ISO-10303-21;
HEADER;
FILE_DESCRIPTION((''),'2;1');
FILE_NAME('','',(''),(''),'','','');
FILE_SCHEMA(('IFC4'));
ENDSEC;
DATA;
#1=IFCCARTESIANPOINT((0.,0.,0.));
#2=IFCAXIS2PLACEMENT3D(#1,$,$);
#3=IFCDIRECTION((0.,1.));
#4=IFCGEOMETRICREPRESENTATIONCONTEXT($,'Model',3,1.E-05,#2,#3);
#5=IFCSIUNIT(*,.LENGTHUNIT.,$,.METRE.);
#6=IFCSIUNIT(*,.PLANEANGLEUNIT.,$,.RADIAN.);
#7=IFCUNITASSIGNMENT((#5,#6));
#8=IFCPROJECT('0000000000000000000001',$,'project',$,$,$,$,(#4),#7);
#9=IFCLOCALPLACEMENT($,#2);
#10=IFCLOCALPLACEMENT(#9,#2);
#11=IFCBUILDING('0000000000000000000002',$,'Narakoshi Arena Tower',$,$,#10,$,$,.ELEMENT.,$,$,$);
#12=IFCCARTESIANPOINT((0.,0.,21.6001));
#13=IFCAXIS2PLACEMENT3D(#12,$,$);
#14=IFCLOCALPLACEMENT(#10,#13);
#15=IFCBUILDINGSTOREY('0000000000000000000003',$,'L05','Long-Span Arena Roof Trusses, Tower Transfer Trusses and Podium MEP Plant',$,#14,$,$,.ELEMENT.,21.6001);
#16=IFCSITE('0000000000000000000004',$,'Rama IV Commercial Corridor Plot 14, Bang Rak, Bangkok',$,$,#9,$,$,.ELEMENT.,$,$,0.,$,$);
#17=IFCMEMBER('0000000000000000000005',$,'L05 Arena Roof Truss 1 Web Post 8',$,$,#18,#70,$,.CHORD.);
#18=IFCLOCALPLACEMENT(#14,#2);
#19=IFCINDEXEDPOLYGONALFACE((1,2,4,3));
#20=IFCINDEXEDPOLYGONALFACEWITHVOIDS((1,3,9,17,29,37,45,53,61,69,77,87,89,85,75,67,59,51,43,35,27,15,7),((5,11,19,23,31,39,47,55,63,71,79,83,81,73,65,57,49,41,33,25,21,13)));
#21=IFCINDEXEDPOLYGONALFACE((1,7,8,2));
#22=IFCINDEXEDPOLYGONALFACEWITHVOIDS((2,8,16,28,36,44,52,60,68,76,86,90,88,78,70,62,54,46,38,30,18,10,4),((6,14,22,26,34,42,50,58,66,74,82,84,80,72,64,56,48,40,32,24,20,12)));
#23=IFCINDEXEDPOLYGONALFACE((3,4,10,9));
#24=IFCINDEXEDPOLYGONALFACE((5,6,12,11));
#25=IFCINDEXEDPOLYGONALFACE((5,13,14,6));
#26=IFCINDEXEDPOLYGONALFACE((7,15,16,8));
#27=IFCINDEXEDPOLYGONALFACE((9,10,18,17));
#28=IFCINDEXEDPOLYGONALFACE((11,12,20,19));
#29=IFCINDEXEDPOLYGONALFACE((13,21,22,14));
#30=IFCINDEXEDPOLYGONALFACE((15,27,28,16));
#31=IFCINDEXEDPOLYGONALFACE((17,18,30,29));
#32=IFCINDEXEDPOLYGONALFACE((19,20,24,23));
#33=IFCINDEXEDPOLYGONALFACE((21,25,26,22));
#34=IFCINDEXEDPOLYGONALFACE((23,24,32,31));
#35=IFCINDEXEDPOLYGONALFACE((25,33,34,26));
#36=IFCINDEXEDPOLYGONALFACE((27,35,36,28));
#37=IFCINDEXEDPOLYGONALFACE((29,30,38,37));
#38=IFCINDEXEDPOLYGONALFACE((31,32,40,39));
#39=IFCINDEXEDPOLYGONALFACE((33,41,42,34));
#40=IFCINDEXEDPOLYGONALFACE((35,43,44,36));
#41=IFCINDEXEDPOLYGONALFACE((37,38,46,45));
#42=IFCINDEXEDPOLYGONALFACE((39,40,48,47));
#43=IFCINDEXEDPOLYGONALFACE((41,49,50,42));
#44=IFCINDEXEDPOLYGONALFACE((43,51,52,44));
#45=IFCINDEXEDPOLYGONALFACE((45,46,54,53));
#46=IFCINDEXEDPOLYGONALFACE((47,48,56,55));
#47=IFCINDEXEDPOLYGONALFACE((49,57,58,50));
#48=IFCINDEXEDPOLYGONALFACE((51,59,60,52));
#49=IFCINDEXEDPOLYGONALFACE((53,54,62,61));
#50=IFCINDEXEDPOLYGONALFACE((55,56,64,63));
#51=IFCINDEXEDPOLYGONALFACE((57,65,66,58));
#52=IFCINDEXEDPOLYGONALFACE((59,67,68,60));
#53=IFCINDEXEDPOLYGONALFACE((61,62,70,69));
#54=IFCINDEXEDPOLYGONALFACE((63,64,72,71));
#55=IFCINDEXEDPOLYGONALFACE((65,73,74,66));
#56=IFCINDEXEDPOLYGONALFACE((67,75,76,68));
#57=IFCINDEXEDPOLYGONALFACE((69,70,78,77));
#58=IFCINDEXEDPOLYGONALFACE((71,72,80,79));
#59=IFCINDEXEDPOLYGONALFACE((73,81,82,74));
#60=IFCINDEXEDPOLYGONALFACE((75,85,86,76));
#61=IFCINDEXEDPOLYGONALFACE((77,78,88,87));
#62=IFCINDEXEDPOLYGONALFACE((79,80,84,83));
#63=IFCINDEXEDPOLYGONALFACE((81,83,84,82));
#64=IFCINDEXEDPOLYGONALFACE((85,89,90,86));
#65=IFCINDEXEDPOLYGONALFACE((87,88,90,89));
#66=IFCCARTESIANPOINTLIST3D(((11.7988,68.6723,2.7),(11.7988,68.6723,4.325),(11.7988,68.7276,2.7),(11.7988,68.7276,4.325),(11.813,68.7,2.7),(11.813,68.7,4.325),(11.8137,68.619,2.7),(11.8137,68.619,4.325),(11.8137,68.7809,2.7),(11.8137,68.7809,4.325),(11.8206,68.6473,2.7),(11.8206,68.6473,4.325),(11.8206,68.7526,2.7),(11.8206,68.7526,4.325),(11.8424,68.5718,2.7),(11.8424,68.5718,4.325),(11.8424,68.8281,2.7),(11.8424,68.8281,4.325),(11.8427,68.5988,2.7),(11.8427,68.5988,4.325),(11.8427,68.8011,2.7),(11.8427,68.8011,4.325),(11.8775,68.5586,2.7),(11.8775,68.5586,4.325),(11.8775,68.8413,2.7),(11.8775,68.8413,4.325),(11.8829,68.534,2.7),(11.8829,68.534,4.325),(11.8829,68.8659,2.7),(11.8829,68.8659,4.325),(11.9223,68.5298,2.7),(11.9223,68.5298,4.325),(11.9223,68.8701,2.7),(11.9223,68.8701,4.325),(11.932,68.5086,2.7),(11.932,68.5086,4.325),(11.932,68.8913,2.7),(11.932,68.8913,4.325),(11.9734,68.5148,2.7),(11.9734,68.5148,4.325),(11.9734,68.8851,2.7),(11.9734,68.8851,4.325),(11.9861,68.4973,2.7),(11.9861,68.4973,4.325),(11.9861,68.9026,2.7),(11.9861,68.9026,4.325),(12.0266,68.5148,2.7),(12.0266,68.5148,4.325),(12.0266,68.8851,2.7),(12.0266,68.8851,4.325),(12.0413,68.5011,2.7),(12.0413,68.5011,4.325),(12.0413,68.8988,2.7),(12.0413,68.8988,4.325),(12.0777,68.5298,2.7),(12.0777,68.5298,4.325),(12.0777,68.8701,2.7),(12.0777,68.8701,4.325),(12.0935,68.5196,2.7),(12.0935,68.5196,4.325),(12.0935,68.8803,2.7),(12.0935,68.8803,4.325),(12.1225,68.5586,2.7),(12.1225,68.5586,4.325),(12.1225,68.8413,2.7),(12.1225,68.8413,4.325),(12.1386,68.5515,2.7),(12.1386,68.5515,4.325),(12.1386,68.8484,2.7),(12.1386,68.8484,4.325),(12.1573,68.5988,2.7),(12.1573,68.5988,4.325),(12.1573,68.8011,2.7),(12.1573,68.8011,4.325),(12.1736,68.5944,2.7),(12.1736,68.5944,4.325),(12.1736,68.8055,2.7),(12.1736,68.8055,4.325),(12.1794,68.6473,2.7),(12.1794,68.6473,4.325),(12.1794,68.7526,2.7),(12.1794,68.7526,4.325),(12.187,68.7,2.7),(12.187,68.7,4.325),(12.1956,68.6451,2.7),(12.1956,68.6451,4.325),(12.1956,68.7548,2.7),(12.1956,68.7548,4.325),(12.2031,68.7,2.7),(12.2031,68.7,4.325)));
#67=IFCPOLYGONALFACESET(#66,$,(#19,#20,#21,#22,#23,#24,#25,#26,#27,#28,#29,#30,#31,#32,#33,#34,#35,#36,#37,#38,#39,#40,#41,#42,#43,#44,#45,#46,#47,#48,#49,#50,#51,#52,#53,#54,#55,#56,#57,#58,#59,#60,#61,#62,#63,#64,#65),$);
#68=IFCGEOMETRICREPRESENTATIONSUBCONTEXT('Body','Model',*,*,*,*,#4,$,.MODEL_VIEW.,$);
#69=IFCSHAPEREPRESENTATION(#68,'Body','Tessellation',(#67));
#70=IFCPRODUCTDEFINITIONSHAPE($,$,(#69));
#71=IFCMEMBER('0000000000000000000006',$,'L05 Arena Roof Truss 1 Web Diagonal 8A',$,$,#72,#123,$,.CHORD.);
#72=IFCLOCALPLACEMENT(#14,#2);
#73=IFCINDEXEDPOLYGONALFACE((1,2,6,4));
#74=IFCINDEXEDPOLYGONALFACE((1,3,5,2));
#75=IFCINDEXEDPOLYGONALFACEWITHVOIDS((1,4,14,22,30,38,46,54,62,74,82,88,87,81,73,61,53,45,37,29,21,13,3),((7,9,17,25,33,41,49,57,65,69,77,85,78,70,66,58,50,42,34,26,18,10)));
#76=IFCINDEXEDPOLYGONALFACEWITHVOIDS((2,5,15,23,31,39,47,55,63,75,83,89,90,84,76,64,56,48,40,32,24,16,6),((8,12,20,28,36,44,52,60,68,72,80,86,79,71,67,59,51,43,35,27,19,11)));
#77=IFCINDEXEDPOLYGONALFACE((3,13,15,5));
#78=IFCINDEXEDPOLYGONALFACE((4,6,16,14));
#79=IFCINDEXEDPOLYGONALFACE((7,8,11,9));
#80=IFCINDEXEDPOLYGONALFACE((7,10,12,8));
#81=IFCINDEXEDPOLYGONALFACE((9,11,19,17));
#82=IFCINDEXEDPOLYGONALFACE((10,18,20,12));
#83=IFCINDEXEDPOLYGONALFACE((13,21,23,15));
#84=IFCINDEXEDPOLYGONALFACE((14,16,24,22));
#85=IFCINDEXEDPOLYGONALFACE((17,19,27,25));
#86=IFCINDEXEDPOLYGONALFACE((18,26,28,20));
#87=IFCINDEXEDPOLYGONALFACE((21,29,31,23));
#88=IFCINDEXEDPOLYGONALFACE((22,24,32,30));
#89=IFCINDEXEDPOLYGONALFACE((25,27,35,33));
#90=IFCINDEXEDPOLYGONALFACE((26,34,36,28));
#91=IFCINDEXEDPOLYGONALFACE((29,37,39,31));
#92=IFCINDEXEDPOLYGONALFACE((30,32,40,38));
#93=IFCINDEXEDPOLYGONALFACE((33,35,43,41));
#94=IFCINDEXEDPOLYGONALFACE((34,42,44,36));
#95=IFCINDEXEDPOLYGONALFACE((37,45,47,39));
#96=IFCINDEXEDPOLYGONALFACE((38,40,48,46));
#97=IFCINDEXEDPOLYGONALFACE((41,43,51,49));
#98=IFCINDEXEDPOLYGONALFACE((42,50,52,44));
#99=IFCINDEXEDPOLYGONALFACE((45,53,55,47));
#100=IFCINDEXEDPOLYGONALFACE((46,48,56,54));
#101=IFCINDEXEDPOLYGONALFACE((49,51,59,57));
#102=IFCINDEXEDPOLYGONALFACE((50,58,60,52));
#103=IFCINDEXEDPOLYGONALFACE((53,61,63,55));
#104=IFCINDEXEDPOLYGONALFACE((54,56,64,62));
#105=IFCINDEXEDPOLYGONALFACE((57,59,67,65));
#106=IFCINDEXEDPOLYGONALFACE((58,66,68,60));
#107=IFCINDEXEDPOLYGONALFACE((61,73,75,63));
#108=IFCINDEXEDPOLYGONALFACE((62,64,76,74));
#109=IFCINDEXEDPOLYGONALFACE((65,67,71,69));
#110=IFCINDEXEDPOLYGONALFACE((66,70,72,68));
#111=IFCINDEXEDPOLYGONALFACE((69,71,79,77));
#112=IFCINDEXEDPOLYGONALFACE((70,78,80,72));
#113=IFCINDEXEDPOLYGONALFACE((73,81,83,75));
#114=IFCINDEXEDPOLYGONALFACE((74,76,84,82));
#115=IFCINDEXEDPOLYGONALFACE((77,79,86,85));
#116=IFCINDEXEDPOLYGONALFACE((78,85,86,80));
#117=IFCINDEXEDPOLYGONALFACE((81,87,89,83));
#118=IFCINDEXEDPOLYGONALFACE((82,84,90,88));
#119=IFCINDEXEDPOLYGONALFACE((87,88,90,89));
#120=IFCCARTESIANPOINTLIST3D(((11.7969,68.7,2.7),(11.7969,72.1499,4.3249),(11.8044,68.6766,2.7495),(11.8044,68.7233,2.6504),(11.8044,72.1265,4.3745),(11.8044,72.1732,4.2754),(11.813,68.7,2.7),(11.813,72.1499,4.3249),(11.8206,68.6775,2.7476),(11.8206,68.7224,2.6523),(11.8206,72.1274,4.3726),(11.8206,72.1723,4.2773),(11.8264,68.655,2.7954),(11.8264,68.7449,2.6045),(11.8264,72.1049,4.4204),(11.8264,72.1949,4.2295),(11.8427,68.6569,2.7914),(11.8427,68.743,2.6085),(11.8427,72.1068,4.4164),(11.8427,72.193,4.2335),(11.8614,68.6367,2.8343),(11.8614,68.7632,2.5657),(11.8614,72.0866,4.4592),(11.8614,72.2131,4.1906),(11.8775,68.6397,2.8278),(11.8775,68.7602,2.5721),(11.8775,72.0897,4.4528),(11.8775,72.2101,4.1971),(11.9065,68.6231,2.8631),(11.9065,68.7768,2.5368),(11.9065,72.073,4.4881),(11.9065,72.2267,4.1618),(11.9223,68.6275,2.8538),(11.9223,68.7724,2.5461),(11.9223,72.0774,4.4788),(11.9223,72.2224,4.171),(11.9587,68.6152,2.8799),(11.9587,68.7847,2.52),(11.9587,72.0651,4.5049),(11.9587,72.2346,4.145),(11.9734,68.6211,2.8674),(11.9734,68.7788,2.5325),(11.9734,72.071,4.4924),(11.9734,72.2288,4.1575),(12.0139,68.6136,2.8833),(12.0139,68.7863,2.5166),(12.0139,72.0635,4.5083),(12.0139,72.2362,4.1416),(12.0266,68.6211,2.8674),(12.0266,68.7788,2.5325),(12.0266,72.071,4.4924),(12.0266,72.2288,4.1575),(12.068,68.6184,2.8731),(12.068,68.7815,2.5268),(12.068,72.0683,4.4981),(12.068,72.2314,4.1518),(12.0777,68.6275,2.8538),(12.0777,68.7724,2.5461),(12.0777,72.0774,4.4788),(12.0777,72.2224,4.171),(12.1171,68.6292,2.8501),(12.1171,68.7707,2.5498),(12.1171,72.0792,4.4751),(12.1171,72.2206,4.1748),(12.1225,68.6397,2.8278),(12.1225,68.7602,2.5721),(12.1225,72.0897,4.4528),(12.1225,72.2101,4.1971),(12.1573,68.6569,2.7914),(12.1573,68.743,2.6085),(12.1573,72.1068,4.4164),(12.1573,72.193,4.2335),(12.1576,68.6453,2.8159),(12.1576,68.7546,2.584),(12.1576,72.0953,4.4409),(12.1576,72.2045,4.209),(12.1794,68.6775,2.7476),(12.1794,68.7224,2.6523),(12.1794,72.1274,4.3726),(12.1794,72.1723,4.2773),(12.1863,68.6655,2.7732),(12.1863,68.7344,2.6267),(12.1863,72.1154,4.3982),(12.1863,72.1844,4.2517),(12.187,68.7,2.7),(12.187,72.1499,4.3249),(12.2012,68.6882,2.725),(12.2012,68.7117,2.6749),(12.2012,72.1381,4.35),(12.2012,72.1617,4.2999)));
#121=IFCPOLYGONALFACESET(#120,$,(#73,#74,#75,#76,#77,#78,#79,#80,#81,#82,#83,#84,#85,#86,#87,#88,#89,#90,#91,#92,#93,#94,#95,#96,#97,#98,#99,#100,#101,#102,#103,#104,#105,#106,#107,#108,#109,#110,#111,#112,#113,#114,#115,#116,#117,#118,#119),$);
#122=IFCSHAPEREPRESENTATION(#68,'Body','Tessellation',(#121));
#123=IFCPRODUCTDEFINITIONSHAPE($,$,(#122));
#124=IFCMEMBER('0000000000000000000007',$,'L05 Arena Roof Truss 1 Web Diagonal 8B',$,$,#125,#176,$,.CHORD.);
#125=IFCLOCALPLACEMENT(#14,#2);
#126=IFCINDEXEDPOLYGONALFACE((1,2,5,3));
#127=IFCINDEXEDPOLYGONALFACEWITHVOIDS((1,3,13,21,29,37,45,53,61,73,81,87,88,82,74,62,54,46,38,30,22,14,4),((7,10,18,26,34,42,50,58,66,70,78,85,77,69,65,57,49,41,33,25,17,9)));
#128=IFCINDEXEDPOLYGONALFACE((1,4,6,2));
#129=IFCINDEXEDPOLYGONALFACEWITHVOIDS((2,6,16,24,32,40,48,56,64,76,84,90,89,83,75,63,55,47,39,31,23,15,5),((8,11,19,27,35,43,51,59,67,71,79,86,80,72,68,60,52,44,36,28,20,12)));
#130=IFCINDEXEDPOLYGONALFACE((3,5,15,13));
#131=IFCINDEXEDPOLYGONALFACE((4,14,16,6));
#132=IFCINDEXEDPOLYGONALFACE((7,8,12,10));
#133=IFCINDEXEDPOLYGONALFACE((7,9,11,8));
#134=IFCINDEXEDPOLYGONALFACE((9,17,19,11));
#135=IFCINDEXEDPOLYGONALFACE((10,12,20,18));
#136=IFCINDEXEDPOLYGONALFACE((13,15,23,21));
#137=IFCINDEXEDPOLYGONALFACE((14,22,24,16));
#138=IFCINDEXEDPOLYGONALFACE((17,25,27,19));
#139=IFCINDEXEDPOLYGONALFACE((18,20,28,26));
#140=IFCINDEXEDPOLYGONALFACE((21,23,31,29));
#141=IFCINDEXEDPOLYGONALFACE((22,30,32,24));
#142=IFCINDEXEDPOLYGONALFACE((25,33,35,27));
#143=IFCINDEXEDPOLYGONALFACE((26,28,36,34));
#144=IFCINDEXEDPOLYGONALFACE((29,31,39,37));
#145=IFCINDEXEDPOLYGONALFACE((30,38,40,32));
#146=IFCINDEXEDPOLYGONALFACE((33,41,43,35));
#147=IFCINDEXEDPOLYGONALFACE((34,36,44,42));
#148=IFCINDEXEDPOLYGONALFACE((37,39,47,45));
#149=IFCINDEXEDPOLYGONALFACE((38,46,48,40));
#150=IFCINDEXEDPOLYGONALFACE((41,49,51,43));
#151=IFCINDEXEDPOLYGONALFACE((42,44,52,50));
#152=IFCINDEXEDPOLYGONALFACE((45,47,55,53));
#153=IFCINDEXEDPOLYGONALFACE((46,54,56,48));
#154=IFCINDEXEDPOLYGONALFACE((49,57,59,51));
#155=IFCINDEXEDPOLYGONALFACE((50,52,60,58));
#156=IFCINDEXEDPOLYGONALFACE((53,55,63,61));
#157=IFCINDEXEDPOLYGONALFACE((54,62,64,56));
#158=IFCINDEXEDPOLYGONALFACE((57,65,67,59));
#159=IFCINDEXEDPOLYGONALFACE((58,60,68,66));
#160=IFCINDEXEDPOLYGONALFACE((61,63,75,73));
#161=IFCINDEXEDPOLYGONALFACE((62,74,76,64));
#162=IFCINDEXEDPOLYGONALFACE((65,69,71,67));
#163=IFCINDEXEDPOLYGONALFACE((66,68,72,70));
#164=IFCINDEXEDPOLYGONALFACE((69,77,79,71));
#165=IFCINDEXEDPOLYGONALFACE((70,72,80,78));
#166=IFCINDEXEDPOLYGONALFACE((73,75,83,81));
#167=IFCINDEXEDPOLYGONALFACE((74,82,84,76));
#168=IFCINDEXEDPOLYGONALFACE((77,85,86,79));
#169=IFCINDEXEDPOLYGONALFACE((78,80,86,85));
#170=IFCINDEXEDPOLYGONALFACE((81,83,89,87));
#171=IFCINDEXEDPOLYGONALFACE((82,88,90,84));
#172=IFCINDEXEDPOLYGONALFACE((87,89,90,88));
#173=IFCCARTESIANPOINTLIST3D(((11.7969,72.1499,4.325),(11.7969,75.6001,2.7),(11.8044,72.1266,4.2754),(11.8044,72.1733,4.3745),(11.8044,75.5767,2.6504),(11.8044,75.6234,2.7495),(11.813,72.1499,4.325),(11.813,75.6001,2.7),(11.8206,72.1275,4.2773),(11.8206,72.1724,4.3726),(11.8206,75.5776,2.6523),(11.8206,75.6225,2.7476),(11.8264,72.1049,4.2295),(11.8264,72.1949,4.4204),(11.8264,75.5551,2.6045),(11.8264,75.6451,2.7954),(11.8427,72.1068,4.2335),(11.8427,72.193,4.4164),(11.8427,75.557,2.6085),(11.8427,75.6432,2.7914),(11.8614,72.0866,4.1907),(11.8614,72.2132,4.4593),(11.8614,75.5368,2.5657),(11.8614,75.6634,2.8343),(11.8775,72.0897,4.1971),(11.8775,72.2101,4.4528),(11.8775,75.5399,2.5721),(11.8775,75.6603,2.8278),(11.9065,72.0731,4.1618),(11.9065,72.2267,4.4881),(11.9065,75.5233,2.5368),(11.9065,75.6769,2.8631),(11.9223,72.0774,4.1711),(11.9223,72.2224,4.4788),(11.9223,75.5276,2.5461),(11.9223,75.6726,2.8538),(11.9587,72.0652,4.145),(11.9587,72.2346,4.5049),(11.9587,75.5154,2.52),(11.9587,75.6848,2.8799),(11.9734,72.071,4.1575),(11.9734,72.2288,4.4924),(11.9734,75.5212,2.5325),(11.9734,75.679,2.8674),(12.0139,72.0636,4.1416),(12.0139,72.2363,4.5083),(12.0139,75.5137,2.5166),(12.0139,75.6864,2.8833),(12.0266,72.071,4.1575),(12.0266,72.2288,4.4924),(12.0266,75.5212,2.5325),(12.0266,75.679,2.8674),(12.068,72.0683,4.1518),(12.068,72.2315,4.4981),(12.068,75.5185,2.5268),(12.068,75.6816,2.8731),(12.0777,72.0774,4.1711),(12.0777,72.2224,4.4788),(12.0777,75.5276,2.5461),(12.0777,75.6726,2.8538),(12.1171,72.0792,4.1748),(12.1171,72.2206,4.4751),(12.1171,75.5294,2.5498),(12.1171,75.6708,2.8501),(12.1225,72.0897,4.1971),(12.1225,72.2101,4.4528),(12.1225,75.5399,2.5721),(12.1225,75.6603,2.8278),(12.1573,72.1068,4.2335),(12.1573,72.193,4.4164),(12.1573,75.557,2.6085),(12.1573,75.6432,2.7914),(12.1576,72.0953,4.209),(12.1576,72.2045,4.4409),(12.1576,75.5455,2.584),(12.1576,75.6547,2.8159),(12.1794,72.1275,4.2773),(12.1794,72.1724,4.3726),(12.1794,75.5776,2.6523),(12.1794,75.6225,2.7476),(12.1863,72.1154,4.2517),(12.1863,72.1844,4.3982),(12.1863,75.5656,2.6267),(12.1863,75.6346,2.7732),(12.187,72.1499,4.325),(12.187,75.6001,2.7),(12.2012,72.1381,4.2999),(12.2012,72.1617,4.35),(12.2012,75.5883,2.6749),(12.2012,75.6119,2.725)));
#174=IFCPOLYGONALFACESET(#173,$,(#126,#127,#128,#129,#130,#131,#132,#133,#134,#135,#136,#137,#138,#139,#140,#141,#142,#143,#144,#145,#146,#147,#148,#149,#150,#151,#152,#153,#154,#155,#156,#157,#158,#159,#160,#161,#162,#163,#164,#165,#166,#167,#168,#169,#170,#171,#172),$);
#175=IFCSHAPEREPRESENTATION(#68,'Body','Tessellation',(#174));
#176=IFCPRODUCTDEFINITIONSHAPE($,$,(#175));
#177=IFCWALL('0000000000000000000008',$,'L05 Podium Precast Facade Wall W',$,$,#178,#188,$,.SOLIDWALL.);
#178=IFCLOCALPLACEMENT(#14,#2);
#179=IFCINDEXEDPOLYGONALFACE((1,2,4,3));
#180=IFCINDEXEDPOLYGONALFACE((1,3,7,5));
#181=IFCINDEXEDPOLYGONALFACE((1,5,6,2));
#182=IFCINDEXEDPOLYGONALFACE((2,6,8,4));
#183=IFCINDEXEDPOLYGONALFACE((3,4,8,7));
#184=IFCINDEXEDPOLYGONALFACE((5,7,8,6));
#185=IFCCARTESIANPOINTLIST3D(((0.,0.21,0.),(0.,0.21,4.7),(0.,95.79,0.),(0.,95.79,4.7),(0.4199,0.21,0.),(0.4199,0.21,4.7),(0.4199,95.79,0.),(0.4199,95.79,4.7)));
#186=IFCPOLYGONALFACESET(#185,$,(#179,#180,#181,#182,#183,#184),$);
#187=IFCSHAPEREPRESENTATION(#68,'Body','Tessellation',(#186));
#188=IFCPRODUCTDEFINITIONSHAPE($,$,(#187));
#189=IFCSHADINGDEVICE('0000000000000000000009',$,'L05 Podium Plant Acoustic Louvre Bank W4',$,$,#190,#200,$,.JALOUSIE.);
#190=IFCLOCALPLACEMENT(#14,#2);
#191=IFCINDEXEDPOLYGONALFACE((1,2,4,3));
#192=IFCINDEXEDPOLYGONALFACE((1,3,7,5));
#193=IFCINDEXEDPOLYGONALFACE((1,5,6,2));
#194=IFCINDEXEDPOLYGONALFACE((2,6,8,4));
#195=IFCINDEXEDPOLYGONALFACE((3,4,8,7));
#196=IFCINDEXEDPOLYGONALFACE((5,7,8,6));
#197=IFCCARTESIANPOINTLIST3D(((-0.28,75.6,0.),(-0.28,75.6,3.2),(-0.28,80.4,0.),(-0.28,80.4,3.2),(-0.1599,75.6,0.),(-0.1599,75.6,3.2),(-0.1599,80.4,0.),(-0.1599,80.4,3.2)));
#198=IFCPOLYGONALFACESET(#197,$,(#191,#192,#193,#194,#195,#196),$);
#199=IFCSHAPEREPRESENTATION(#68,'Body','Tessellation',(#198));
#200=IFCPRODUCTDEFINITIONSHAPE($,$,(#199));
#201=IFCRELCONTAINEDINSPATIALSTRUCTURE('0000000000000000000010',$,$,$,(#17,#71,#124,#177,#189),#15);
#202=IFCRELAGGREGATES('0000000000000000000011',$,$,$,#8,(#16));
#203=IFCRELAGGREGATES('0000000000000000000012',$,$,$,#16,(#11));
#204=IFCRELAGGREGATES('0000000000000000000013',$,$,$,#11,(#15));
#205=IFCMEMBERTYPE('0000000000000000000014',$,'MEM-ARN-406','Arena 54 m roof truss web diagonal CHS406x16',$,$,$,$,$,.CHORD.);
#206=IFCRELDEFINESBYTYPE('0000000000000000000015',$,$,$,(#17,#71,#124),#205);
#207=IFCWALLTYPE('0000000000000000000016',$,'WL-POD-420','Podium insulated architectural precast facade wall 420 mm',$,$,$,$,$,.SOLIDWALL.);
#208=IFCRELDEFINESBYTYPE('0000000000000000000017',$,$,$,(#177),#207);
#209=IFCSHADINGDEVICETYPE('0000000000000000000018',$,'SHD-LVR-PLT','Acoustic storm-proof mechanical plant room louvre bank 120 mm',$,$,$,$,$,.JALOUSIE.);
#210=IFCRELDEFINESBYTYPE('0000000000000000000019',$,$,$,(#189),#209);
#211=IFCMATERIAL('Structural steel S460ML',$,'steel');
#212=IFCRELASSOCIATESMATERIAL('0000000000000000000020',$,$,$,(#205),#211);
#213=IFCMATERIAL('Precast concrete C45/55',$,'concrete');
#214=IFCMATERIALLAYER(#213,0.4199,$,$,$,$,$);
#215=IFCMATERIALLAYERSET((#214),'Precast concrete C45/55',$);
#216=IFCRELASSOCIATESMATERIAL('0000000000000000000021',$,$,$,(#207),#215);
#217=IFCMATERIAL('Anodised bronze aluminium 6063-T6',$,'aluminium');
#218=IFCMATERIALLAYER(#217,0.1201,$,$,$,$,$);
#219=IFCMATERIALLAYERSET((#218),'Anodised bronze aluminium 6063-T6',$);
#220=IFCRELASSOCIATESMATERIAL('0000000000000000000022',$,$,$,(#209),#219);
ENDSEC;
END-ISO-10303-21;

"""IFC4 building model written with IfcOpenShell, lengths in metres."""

from ifc_helpers import new_model, si_unit, direction, frame, frame_2d, origin, origin_2d, place, context, subcontext, project, spatial, rectangle, hollow_circle, extrude, material, layer, layer_set, material_profile, profile_set, type_object, element, save


model = new_model("IFC4")

# Units and contexts
model_context = context("Model", 3, precision=1e-05, world=origin(), true_north=direction((0.0, 1.0)))
body_context = subcontext(model_context, "Body", "Model", "MODEL_VIEW")
ifc_project = project(units=[si_unit("LENGTHUNIT", "METRE"), si_unit("PLANEANGLEUNIT", "RADIAN")], contexts=[model_context])

# Site, building, storey
site_placement = place(None, origin())
site = spatial("IfcSite", under=ifc_project, at=site_placement, Name="Rama IV Commercial Corridor Plot 14, Bang Rak, Bangkok", CompositionType="ELEMENT", RefElevation=0.0)
building_placement = place(site_placement, origin())
building = spatial("IfcBuilding", under=site, at=building_placement, Name="Narakoshi Arena Tower", CompositionType="ELEMENT")
storey_placement = place(building_placement, frame((0.0, 0.0, 21.6001)))
storey = spatial("IfcBuildingStorey", under=building, at=storey_placement, Name="L05", Description="Long-Span Arena Roof Trusses, Tower Transfer Trusses and Podium MEP Plant", CompositionType="ELEMENT", Elevation=21.6001)

# Shared definitions
ifc_material_1 = material(Name="Structural steel S460ML", Category="steel")

# Members
ifc_material_profile_1 = material_profile(ifc_material_1, hollow_circle(Radius=0.2031, WallThickness=0.0161, at=origin_2d()), Name="CHS406x16")
ifc_profile_set_1 = profile_set([ifc_material_profile_1], Name="Structural steel S460ML")
member_type = type_object("IfcMemberType", Name="MEM-ARN-406", Description="Arena 54 m roof truss web diagonal CHS406x16", PredefinedType="CHORD", material=ifc_profile_set_1)
member_1_placement = place(storey_placement, frame((12.0, 68.7, 2.7), z_axis=(0.0, 0.0, 1.0), x_axis=(1.0, 0.0, 0.0)))
element("IfcMember", 1, at=member_1_placement, inside=storey, type_object=member_type, Name="L05 Arena Roof Truss 1 Web Post 8", PredefinedType="CHORD", context=body_context, shape_type="SweptSolid", body=[
    extrude(hollow_circle(Radius=0.2031, WallThickness=0.0161, at=origin_2d()), origin(), (0.0, 0.0, 1.0), 1.625),
])
member_2_placement = place(storey_placement, frame((12.0, 68.7, 2.7), z_axis=(0.0, 0.904668, 0.426118), x_axis=(-1.0, 0.0, 0.0)))
element("IfcMember", 2, at=member_2_placement, inside=storey, type_object=member_type, Name="L05 Arena Roof Truss 1 Web Diagonal 8A", PredefinedType="CHORD", context=body_context, shape_type="SweptSolid", body=[
    extrude(hollow_circle(Radius=0.2031, WallThickness=0.0161, at=origin_2d()), origin(), (0.0, 0.0, 1.0), 3.8135),
])
member_3_placement = place(storey_placement, frame((12.0, 72.1499, 4.325), z_axis=(0.0, 0.904679, -0.426093), x_axis=(-1.0, 0.0, 0.0)))
element("IfcMember", 3, at=member_3_placement, inside=storey, type_object=member_type, Name="L05 Arena Roof Truss 1 Web Diagonal 8B", PredefinedType="CHORD", context=body_context, shape_type="SweptSolid", body=[
    extrude(hollow_circle(Radius=0.2031, WallThickness=0.0161, at=origin_2d()), origin(), (0.0, 0.0, 1.0), 3.8137),
])

# Wall
ifc_material_2 = material(Name="Precast concrete C45/55", Category="concrete")
ifc_layer_1 = layer(ifc_material_2, 0.4199)
ifc_layer_set_1 = layer_set([ifc_layer_1], Name="Precast concrete C45/55")
wall_type = type_object("IfcWallType", Name="WL-POD-420", Description="Podium insulated architectural precast facade wall 420 mm", PredefinedType="SOLIDWALL", material=ifc_layer_set_1)
wall_placement = place(storey_placement, frame((0.21, 95.79, 0.0), z_axis=(0.0, 0.0, 1.0), x_axis=(0.0, -1.0, 0.0)))
element("IfcWall", 4, at=wall_placement, inside=storey, type_object=wall_type, Name="L05 Podium Precast Facade Wall W", PredefinedType="SOLIDWALL", context=body_context, shape_type="SweptSolid", body=[
    extrude(rectangle(XDim=95.5801, YDim=0.4199, at=frame_2d((47.79, 0.0))), origin(), (0.0, 0.0, 1.0), 4.7),
])

# Shading device
ifc_material_3 = material(Name="Anodised bronze aluminium 6063-T6", Category="aluminium")
ifc_layer_2 = layer(ifc_material_3, 0.1201)
ifc_layer_set_2 = layer_set([ifc_layer_2], Name="Anodised bronze aluminium 6063-T6")
shading_device_type = type_object("IfcShadingDeviceType", Name="SHD-LVR-PLT", Description="Acoustic storm-proof mechanical plant room louvre bank 120 mm", PredefinedType="JALOUSIE", material=ifc_layer_set_2)
shading_device_placement = place(storey_placement, frame((-0.22, 78.0, 0.0), z_axis=(0.0, 0.0, 1.0), x_axis=(0.0, 1.0, 0.0)))
element("IfcShadingDevice", 5, at=shading_device_placement, inside=storey, type_object=shading_device_type, Name="L05 Podium Plant Acoustic Louvre Bank W4", PredefinedType="JALOUSIE", context=body_context, shape_type="SweptSolid", body=[
    extrude(rectangle(XDim=4.8, YDim=0.1201, at=origin_2d()), origin(), (0.0, 0.0, 1.0), 3.2),
])

save(model, "model.ifc")
